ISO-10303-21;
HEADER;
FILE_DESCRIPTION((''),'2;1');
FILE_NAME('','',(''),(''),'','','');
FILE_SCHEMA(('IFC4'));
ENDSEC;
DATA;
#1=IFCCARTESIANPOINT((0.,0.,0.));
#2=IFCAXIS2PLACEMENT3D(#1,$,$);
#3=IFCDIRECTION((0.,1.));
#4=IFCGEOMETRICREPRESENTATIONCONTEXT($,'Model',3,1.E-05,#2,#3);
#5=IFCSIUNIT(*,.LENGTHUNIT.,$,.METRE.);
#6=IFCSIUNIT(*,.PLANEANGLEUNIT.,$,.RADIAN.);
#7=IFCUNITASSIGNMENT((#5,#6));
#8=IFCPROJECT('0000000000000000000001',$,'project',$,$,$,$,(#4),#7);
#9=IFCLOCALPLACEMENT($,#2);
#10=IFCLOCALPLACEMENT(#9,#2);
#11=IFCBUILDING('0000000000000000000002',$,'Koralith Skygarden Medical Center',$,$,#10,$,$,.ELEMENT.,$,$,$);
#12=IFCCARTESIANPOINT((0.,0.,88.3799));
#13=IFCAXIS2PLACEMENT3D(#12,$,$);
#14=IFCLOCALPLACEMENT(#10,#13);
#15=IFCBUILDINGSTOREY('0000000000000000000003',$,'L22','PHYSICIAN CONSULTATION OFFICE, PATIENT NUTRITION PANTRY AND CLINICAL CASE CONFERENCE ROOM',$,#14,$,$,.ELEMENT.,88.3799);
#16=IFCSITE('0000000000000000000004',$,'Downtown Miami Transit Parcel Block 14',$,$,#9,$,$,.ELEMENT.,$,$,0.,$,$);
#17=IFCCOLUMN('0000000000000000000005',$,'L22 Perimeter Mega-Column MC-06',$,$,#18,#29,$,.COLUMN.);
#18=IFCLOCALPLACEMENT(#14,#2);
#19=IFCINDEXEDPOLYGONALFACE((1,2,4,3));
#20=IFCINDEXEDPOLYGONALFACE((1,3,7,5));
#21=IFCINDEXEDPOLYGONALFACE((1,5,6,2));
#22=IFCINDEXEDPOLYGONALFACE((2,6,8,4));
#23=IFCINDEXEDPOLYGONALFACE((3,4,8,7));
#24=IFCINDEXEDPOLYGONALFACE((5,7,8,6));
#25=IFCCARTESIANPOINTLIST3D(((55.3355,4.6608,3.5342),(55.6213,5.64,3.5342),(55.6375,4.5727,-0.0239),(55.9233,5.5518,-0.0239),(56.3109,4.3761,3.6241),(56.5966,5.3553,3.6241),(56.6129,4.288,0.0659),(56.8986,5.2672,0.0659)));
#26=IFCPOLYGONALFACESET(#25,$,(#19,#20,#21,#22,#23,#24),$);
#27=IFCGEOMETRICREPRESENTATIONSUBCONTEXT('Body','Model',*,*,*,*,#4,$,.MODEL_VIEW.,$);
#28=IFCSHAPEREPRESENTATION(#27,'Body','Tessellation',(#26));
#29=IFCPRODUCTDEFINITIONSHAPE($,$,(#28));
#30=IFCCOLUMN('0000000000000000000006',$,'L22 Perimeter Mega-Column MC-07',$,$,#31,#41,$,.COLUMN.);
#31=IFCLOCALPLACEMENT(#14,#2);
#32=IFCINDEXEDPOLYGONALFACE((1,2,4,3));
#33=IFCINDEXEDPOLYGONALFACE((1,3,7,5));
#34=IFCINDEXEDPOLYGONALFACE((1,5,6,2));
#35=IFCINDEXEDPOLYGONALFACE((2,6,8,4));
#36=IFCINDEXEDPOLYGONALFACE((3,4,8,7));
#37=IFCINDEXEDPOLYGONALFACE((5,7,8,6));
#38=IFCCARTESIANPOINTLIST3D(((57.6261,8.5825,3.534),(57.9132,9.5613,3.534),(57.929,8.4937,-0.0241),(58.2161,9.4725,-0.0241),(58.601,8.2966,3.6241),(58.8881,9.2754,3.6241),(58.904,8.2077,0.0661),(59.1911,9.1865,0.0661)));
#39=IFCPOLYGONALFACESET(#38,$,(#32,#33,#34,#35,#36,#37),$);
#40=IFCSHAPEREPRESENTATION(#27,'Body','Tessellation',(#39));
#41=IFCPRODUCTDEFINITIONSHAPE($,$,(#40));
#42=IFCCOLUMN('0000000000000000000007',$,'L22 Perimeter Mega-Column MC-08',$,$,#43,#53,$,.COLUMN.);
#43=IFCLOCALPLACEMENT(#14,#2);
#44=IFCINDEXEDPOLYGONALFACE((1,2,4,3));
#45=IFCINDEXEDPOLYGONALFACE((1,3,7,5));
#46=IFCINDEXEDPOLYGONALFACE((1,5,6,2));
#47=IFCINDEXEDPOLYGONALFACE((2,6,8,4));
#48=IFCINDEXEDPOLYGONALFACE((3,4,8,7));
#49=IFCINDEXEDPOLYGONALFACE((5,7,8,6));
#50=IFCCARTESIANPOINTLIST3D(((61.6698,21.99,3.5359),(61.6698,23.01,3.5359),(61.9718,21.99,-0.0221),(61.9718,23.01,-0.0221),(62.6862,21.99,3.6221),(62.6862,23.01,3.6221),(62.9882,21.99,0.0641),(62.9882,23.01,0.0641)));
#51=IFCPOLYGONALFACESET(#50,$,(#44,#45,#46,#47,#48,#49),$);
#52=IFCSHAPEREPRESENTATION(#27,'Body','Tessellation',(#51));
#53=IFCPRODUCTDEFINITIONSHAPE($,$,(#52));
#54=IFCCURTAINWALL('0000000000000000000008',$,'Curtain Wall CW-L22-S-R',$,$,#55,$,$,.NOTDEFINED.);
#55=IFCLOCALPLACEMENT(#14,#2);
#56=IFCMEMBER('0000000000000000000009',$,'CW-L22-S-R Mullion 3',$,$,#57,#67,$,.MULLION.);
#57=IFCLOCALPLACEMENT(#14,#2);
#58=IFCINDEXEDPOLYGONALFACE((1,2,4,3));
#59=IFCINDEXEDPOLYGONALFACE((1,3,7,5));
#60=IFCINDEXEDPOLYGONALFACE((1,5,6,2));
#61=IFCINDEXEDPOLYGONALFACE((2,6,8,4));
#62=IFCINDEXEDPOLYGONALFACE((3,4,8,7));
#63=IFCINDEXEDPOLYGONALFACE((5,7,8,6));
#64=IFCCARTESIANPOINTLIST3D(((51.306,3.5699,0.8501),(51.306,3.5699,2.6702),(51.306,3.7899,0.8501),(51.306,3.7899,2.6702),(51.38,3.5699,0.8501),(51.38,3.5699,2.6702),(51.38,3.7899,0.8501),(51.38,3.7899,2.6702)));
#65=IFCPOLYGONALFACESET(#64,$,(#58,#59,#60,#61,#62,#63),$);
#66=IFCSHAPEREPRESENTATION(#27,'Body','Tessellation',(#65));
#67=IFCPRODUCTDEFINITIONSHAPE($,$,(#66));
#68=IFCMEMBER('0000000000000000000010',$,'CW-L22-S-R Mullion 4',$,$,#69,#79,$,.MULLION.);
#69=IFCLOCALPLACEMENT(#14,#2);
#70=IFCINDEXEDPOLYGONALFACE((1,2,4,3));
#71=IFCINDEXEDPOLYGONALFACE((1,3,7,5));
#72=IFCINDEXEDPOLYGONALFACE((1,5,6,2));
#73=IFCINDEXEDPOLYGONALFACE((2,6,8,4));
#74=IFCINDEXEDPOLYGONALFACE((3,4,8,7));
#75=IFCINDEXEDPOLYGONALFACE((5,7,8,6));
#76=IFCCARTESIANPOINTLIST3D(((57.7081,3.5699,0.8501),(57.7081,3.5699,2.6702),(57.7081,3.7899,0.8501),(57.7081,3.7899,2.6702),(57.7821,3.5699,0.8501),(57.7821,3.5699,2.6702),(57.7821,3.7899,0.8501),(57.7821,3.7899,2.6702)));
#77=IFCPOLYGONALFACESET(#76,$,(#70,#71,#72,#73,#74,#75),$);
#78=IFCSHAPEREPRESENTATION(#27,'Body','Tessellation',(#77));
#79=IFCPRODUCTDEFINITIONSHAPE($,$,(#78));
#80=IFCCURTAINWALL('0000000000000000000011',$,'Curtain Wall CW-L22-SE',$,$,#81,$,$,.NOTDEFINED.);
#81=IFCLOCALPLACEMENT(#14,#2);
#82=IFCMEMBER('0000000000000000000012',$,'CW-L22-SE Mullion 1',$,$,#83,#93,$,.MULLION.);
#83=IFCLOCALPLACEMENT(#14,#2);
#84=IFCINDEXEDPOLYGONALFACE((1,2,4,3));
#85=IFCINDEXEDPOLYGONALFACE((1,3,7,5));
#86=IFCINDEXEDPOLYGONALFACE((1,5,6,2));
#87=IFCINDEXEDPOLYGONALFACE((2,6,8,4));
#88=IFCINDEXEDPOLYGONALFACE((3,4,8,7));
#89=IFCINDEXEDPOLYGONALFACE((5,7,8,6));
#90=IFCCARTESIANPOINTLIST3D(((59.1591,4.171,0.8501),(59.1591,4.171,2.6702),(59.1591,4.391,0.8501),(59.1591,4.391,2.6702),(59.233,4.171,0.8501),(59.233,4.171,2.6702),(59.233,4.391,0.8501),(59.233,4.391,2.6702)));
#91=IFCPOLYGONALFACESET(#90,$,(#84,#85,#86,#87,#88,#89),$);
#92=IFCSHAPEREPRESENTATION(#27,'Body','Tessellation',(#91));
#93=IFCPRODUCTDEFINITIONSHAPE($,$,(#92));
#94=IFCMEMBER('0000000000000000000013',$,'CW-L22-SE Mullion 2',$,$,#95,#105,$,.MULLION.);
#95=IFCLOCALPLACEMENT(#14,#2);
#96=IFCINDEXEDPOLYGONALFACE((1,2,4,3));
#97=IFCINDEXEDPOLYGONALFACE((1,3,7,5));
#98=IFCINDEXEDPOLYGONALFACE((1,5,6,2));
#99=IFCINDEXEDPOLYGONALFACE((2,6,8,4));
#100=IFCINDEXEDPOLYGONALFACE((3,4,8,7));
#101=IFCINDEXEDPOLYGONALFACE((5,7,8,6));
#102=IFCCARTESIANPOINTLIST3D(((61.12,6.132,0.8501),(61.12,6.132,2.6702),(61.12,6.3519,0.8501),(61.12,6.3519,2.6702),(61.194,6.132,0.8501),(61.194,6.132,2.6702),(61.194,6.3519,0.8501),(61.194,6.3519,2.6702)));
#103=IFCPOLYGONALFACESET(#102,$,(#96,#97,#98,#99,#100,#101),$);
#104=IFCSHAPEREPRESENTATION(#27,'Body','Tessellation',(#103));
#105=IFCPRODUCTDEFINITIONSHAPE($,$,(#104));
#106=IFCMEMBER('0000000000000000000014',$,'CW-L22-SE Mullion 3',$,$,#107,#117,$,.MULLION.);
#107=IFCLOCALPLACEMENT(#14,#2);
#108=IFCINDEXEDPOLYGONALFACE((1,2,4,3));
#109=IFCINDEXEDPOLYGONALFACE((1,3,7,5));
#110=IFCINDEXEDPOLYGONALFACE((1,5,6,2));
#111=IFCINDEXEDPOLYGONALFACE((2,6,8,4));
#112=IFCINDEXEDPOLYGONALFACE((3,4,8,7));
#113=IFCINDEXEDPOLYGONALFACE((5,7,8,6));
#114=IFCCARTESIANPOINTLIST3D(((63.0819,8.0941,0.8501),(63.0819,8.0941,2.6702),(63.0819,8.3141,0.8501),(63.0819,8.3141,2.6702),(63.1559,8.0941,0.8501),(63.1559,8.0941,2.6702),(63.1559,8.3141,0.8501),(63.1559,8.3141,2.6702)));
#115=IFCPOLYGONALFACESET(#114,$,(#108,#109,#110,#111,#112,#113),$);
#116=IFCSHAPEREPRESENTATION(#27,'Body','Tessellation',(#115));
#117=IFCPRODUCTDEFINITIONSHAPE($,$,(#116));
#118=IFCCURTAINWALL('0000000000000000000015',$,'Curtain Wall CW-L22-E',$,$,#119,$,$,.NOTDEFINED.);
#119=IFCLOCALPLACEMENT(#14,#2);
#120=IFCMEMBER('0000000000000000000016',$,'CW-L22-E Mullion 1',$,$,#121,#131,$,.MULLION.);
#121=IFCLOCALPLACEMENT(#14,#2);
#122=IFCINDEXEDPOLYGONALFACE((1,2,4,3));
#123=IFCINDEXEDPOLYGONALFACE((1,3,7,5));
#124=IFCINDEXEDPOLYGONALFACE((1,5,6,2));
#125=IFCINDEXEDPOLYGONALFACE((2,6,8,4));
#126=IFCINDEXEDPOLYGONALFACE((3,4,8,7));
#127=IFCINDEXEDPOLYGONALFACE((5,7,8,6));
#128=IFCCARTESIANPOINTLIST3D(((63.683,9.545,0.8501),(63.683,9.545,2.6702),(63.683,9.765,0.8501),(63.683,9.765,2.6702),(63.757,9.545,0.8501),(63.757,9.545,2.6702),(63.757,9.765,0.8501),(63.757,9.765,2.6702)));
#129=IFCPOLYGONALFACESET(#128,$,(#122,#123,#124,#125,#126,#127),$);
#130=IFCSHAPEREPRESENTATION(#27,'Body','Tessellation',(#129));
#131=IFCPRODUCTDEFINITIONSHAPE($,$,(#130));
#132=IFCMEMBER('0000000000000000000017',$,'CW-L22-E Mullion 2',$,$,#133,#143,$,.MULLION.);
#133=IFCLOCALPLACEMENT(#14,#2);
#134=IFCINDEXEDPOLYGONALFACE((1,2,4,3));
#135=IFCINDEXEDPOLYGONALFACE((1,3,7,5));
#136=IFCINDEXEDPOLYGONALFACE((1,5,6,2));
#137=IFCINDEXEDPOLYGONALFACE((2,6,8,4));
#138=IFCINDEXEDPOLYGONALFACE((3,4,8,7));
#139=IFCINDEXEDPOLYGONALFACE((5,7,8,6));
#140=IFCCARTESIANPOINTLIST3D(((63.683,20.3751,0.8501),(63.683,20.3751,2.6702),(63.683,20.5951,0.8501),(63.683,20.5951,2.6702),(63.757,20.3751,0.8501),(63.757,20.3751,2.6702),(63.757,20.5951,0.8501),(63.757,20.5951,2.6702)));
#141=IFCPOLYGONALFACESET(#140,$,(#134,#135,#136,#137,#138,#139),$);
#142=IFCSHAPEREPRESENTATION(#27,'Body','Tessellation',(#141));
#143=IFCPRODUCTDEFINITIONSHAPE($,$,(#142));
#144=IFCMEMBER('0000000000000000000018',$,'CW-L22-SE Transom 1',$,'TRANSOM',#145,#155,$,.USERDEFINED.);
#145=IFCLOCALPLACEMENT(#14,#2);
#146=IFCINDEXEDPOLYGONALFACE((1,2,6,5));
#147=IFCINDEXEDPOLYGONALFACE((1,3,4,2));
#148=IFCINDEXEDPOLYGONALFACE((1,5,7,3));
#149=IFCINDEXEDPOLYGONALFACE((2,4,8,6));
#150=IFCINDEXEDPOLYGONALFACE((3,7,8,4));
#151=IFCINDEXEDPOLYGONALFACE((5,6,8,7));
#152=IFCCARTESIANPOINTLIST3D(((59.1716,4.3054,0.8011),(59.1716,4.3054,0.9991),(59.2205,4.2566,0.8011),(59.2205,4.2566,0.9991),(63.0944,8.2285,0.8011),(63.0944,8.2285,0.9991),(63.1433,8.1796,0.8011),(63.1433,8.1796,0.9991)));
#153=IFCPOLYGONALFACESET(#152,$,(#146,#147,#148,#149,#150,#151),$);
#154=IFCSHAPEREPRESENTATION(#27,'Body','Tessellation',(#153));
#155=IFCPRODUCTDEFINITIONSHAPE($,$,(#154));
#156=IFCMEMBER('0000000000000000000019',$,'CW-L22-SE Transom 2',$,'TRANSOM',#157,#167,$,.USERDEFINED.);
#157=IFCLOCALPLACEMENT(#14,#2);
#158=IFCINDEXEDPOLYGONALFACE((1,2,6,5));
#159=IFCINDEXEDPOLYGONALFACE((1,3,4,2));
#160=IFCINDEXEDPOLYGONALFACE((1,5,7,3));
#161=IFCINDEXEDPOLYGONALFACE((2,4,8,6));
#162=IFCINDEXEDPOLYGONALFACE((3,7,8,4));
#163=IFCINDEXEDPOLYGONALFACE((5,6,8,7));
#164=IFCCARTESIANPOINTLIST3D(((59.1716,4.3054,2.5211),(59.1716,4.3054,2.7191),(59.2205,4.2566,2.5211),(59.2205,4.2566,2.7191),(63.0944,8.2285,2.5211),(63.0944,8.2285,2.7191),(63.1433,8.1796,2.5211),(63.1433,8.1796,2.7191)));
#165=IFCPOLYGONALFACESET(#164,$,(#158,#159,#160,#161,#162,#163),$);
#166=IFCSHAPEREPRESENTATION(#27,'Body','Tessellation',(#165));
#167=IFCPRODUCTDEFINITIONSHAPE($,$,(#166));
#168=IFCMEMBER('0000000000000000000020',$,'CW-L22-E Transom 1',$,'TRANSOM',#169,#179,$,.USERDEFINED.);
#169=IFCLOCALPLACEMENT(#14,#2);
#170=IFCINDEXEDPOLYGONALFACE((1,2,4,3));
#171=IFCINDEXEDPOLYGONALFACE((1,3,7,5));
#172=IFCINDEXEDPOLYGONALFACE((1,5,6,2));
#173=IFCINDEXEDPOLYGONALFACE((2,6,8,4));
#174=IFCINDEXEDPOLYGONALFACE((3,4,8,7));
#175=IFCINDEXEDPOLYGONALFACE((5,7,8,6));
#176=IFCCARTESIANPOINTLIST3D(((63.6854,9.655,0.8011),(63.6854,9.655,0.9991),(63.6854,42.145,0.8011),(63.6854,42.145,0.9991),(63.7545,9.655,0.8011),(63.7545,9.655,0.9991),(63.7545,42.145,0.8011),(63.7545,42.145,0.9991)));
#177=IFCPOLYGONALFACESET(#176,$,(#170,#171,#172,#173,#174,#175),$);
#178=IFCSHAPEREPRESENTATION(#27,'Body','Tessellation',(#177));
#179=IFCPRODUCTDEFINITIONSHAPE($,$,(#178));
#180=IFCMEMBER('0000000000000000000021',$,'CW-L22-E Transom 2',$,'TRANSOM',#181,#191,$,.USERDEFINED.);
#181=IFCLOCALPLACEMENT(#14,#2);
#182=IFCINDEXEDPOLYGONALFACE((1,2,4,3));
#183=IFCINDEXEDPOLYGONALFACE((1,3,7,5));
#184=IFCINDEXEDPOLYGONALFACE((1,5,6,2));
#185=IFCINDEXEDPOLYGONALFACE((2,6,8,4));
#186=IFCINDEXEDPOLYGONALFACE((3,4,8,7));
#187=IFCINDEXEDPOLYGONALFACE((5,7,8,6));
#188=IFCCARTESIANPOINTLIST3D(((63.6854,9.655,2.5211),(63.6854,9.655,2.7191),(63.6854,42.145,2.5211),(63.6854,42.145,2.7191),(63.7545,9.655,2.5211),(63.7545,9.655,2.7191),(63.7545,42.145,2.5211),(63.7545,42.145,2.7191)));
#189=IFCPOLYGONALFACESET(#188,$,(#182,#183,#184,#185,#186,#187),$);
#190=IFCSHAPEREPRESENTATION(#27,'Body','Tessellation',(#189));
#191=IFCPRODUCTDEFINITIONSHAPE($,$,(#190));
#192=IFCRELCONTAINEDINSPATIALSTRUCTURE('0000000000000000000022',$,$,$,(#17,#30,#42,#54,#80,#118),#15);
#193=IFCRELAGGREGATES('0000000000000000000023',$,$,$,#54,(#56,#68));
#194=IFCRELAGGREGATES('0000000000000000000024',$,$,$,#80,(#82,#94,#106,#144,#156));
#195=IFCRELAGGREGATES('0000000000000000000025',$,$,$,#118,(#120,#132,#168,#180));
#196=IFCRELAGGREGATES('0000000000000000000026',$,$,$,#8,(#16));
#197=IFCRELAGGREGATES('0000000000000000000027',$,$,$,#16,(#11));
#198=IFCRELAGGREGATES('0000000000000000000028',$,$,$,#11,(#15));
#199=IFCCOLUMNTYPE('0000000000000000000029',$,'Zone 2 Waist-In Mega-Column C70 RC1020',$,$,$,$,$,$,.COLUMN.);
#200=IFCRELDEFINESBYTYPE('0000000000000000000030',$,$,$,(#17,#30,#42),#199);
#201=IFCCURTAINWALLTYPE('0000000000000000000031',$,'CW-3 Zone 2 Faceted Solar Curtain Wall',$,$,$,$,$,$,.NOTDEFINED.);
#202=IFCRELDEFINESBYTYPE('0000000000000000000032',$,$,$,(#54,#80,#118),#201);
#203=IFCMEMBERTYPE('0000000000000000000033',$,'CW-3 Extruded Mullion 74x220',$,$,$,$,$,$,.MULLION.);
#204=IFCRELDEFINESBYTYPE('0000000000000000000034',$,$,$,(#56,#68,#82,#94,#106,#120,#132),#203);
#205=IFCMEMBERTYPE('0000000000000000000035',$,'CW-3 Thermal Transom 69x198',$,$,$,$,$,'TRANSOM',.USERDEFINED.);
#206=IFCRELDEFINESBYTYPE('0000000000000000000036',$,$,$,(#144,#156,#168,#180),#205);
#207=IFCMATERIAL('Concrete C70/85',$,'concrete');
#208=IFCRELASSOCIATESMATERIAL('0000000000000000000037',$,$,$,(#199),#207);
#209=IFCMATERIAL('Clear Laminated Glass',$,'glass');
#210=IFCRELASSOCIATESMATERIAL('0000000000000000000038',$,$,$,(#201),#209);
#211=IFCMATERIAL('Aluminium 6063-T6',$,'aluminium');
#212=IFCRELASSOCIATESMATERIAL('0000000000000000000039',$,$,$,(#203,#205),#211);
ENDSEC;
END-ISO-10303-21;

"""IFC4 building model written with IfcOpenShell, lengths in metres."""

from ifc_helpers import new_model, si_unit, direction, frame, origin, origin_2d, place, context, subcontext, project, spatial, rectangle, extrude, material, material_profile, profile_set, type_object, element, aggregate, save


model = new_model("IFC4")

# Units and contexts
model_context = context("Model", 3, precision=1e-05, world=origin(), true_north=direction((0.0, 1.0)))
body_context = subcontext(model_context, "Body", "Model", "MODEL_VIEW")
ifc_project = project(units=[si_unit("LENGTHUNIT", "METRE"), si_unit("PLANEANGLEUNIT", "RADIAN")], contexts=[model_context])

# Site, building, storey
site_placement = place(None, origin())
site = spatial("IfcSite", under=ifc_project, at=site_placement, Name="Downtown Miami Transit Parcel Block 14", CompositionType="ELEMENT", RefElevation=0.0)
building_placement = place(site_placement, origin())
building = spatial("IfcBuilding", under=site, at=building_placement, Name="Koralith Skygarden Medical Center", CompositionType="ELEMENT")
storey_placement = place(building_placement, frame((0.0, 0.0, 88.3799)))
storey = spatial("IfcBuildingStorey", under=building, at=storey_placement, Name="L22", Description="PHYSICIAN CONSULTATION OFFICE, PATIENT NUTRITION PANTRY AND CLINICAL CASE CONFERENCE ROOM", CompositionType="ELEMENT", Elevation=88.3799)

# Columns
ifc_material_1 = material(Name="Concrete C70/85", Category="concrete")
ifc_material_profile_1 = material_profile(ifc_material_1, rectangle(XDim=1.02, YDim=1.02, at=origin_2d()), Name="RC1020X1020")
ifc_profile_set_1 = profile_set([ifc_material_profile_1], Name="Concrete C70/85")
column_type = type_object("IfcColumnType", Name="Zone 2 Waist-In Mega-Column C70 RC1020", PredefinedType="COLUMN", material=ifc_profile_set_1)
for number, where, z_axis, x_axis, name in (
    (1, (56.2681, 4.9199, 0.021), (-0.084547, 0.024674, 0.996114), (-0.280149, -0.959957, 0.0), "L22 Perimeter Mega-Column MC-06"),
    (2, (58.5601, 8.8401, 0.021), (-0.084818, 0.024878, 0.996086), (-0.281455, -0.959575, 0.0), "L22 Perimeter Mega-Column MC-07"),
):
    element("IfcColumn", number, at=place(storey_placement, frame(where, z_axis=z_axis, x_axis=x_axis)), inside=storey, type_object=column_type, Name=name, PredefinedType="COLUMN", context=body_context, shape_type="SweptSolid", body=[
        extrude(rectangle(XDim=1.02, YDim=1.02, at=origin_2d()), origin(), (0.0, 0.0, 1.0), 3.572),
    ])
column_placement = place(storey_placement, frame((62.48, 22.5, 0.021), z_axis=(-0.084573, 0.0, 0.996417), x_axis=(0.0, -1.0, 0.0)))
element("IfcColumn", 3, at=column_placement, inside=storey, type_object=column_type, Name="L22 Perimeter Mega-Column MC-08", PredefinedType="COLUMN", context=body_context, shape_type="SweptSolid", body=[
    extrude(rectangle(XDim=1.02, YDim=1.02, at=origin_2d()), origin(), (0.0, 0.0, 1.0), 3.5708),
])

# Curtain walls, members
ifc_material_2 = material(Name="Clear Laminated Glass", Category="glass")
curtain_wall_type = type_object("IfcCurtainWallType", Name="CW-3 Zone 2 Faceted Solar Curtain Wall", PredefinedType="NOTDEFINED", material=ifc_material_2)
curtain_wall_1_placement = place(storey_placement, origin())
curtain_wall_1 = element("IfcCurtainWall", 4, at=curtain_wall_1_placement, inside=storey, type_object=curtain_wall_type, Name="Curtain Wall CW-L22-S-R", PredefinedType="NOTDEFINED")
ifc_material_3 = material(Name="Aluminium 6063-T6", Category="aluminium")
ifc_material_profile_2 = material_profile(ifc_material_3, rectangle(XDim=0.074, YDim=0.22, at=origin_2d()), Name="MUL74X220")
ifc_profile_set_2 = profile_set([ifc_material_profile_2], Name="Aluminium 6063-T6")
member_type_1 = type_object("IfcMemberType", Name="CW-3 Extruded Mullion 74x220", PredefinedType="MULLION", material=ifc_profile_set_2)
member_1_placement = place(storey_placement, frame((51.343, 3.6799, 0.8501), z_axis=(0.0, 0.0, 1.0), x_axis=(1.0, 0.0, 0.0)))
member_1 = element("IfcMember", 5, at=member_1_placement, type_object=member_type_1, Name="CW-L22-S-R Mullion 3", PredefinedType="MULLION", context=body_context, shape_type="SweptSolid", body=[
    extrude(rectangle(XDim=0.074, YDim=0.22, at=origin_2d()), origin(), (0.0, 0.0, 1.0), 1.8201),
])
member_2_placement = place(storey_placement, frame((57.7451, 3.6799, 0.8501), z_axis=(0.0, 0.0, 1.0), x_axis=(1.0, 0.0, 0.0)))
member_2 = element("IfcMember", 6, at=member_2_placement, type_object=member_type_1, Name="CW-L22-S-R Mullion 4", PredefinedType="MULLION", context=body_context, shape_type="SweptSolid", body=[
    extrude(rectangle(XDim=0.074, YDim=0.22, at=origin_2d()), origin(), (0.0, 0.0, 1.0), 1.8201),
])
curtain_wall_2_placement = place(storey_placement, origin())
curtain_wall_2 = element("IfcCurtainWall", 7, at=curtain_wall_2_placement, inside=storey, type_object=curtain_wall_type, Name="Curtain Wall CW-L22-SE", PredefinedType="NOTDEFINED")
member_3_placement = place(storey_placement, frame((59.196, 4.281, 0.8501), z_axis=(0.0, 0.0, 1.0), x_axis=(1.0, 0.0, 0.0)))
member_3 = element("IfcMember", 8, at=member_3_placement, type_object=member_type_1, Name="CW-L22-SE Mullion 1", PredefinedType="MULLION", context=body_context, shape_type="SweptSolid", body=[
    extrude(rectangle(XDim=0.074, YDim=0.22, at=origin_2d()), origin(), (0.0, 0.0, 1.0), 1.8201),
])
member_4_placement = place(storey_placement, frame((61.157, 6.2419, 0.8501), z_axis=(0.0, 0.0, 1.0), x_axis=(1.0, 0.0, 0.0)))
member_4 = element("IfcMember", 9, at=member_4_placement, type_object=member_type_1, Name="CW-L22-SE Mullion 2", PredefinedType="MULLION", context=body_context, shape_type="SweptSolid", body=[
    extrude(rectangle(XDim=0.074, YDim=0.22, at=origin_2d()), origin(), (0.0, 0.0, 1.0), 1.8201),
])
member_5_placement = place(storey_placement, frame((63.1189, 8.2041, 0.8501), z_axis=(0.0, 0.0, 1.0), x_axis=(1.0, 0.0, 0.0)))
member_5 = element("IfcMember", 10, at=member_5_placement, type_object=member_type_1, Name="CW-L22-SE Mullion 3", PredefinedType="MULLION", context=body_context, shape_type="SweptSolid", body=[
    extrude(rectangle(XDim=0.074, YDim=0.22, at=origin_2d()), origin(), (0.0, 0.0, 1.0), 1.8201),
])
curtain_wall_3_placement = place(storey_placement, origin())
curtain_wall_3 = element("IfcCurtainWall", 11, at=curtain_wall_3_placement, inside=storey, type_object=curtain_wall_type, Name="Curtain Wall CW-L22-E", PredefinedType="NOTDEFINED")
member_6_placement = place(storey_placement, frame((63.72, 9.655, 0.8501), z_axis=(0.0, 0.0, 1.0), x_axis=(1.0, 0.0, 0.0)))
member_6 = element("IfcMember", 12, at=member_6_placement, type_object=member_type_1, Name="CW-L22-E Mullion 1", PredefinedType="MULLION", context=body_context, shape_type="SweptSolid", body=[
    extrude(rectangle(XDim=0.074, YDim=0.22, at=origin_2d()), origin(), (0.0, 0.0, 1.0), 1.8201),
])
member_7_placement = place(storey_placement, frame((63.72, 20.4851, 0.8501), z_axis=(0.0, 0.0, 1.0), x_axis=(1.0, 0.0, 0.0)))
member_7 = element("IfcMember", 13, at=member_7_placement, type_object=member_type_1, Name="CW-L22-E Mullion 2", PredefinedType="MULLION", context=body_context, shape_type="SweptSolid", body=[
    extrude(rectangle(XDim=0.074, YDim=0.22, at=origin_2d()), origin(), (0.0, 0.0, 1.0), 1.8201),
])

# Members
ifc_material_profile_3 = material_profile(ifc_material_3, rectangle(XDim=0.0691, YDim=0.198, at=origin_2d()), Name="TRN69X198")
ifc_profile_set_3 = profile_set([ifc_material_profile_3], Name="Aluminium 6063-T6")
member_type_2 = type_object("IfcMemberType", Name="CW-3 Thermal Transom 69x198", ElementType="TRANSOM", PredefinedType="USERDEFINED", material=ifc_profile_set_3)
member_8_placement = place(storey_placement, frame((59.196, 4.281, 0.9001), z_axis=(0.707085, 0.707129, 0.0), x_axis=(-0.707129, 0.707085, 0.0)))
member_8 = element("IfcMember", 14, at=member_8_placement, type_object=member_type_2, Name="CW-L22-SE Transom 1", ObjectType="TRANSOM", PredefinedType="USERDEFINED", context=body_context, shape_type="SweptSolid", body=[
    extrude(rectangle(XDim=0.0691, YDim=0.198, at=origin_2d()), origin(), (0.0, 0.0, 1.0), 5.5479),
])
member_9_placement = place(storey_placement, frame((59.196, 4.281, 2.6201), z_axis=(0.707085, 0.707129, 0.0), x_axis=(-0.707129, 0.707085, 0.0)))
member_9 = element("IfcMember", 15, at=member_9_placement, type_object=member_type_2, Name="CW-L22-SE Transom 2", ObjectType="TRANSOM", PredefinedType="USERDEFINED", context=body_context, shape_type="SweptSolid", body=[
    extrude(rectangle(XDim=0.0691, YDim=0.198, at=origin_2d()), origin(), (0.0, 0.0, 1.0), 5.5479),
])
member_10_placement = place(storey_placement, frame((63.72, 9.655, 0.9001), z_axis=(0.0, 1.0, 0.0), x_axis=(-1.0, 0.0, 0.0)))
member_10 = element("IfcMember", 16, at=member_10_placement, type_object=member_type_2, Name="CW-L22-E Transom 1", ObjectType="TRANSOM", PredefinedType="USERDEFINED", context=body_context, shape_type="SweptSolid", body=[
    extrude(rectangle(XDim=0.0691, YDim=0.198, at=origin_2d()), origin(), (0.0, 0.0, 1.0), 32.49),
])
member_11_placement = place(storey_placement, frame((63.72, 9.655, 2.6201), z_axis=(0.0, 1.0, 0.0), x_axis=(-1.0, 0.0, 0.0)))
member_11 = element("IfcMember", 17, at=member_11_placement, type_object=member_type_2, Name="CW-L22-E Transom 2", ObjectType="TRANSOM", PredefinedType="USERDEFINED", context=body_context, shape_type="SweptSolid", body=[
    extrude(rectangle(XDim=0.0691, YDim=0.198, at=origin_2d()), origin(), (0.0, 0.0, 1.0), 32.49),
])

aggregate(curtain_wall_1, [member_1, member_2])
aggregate(curtain_wall_2, [member_3, member_4, member_5, member_8, member_9])
aggregate(curtain_wall_3, [member_6, member_7, member_10, member_11])

save(model, "model.ifc")
